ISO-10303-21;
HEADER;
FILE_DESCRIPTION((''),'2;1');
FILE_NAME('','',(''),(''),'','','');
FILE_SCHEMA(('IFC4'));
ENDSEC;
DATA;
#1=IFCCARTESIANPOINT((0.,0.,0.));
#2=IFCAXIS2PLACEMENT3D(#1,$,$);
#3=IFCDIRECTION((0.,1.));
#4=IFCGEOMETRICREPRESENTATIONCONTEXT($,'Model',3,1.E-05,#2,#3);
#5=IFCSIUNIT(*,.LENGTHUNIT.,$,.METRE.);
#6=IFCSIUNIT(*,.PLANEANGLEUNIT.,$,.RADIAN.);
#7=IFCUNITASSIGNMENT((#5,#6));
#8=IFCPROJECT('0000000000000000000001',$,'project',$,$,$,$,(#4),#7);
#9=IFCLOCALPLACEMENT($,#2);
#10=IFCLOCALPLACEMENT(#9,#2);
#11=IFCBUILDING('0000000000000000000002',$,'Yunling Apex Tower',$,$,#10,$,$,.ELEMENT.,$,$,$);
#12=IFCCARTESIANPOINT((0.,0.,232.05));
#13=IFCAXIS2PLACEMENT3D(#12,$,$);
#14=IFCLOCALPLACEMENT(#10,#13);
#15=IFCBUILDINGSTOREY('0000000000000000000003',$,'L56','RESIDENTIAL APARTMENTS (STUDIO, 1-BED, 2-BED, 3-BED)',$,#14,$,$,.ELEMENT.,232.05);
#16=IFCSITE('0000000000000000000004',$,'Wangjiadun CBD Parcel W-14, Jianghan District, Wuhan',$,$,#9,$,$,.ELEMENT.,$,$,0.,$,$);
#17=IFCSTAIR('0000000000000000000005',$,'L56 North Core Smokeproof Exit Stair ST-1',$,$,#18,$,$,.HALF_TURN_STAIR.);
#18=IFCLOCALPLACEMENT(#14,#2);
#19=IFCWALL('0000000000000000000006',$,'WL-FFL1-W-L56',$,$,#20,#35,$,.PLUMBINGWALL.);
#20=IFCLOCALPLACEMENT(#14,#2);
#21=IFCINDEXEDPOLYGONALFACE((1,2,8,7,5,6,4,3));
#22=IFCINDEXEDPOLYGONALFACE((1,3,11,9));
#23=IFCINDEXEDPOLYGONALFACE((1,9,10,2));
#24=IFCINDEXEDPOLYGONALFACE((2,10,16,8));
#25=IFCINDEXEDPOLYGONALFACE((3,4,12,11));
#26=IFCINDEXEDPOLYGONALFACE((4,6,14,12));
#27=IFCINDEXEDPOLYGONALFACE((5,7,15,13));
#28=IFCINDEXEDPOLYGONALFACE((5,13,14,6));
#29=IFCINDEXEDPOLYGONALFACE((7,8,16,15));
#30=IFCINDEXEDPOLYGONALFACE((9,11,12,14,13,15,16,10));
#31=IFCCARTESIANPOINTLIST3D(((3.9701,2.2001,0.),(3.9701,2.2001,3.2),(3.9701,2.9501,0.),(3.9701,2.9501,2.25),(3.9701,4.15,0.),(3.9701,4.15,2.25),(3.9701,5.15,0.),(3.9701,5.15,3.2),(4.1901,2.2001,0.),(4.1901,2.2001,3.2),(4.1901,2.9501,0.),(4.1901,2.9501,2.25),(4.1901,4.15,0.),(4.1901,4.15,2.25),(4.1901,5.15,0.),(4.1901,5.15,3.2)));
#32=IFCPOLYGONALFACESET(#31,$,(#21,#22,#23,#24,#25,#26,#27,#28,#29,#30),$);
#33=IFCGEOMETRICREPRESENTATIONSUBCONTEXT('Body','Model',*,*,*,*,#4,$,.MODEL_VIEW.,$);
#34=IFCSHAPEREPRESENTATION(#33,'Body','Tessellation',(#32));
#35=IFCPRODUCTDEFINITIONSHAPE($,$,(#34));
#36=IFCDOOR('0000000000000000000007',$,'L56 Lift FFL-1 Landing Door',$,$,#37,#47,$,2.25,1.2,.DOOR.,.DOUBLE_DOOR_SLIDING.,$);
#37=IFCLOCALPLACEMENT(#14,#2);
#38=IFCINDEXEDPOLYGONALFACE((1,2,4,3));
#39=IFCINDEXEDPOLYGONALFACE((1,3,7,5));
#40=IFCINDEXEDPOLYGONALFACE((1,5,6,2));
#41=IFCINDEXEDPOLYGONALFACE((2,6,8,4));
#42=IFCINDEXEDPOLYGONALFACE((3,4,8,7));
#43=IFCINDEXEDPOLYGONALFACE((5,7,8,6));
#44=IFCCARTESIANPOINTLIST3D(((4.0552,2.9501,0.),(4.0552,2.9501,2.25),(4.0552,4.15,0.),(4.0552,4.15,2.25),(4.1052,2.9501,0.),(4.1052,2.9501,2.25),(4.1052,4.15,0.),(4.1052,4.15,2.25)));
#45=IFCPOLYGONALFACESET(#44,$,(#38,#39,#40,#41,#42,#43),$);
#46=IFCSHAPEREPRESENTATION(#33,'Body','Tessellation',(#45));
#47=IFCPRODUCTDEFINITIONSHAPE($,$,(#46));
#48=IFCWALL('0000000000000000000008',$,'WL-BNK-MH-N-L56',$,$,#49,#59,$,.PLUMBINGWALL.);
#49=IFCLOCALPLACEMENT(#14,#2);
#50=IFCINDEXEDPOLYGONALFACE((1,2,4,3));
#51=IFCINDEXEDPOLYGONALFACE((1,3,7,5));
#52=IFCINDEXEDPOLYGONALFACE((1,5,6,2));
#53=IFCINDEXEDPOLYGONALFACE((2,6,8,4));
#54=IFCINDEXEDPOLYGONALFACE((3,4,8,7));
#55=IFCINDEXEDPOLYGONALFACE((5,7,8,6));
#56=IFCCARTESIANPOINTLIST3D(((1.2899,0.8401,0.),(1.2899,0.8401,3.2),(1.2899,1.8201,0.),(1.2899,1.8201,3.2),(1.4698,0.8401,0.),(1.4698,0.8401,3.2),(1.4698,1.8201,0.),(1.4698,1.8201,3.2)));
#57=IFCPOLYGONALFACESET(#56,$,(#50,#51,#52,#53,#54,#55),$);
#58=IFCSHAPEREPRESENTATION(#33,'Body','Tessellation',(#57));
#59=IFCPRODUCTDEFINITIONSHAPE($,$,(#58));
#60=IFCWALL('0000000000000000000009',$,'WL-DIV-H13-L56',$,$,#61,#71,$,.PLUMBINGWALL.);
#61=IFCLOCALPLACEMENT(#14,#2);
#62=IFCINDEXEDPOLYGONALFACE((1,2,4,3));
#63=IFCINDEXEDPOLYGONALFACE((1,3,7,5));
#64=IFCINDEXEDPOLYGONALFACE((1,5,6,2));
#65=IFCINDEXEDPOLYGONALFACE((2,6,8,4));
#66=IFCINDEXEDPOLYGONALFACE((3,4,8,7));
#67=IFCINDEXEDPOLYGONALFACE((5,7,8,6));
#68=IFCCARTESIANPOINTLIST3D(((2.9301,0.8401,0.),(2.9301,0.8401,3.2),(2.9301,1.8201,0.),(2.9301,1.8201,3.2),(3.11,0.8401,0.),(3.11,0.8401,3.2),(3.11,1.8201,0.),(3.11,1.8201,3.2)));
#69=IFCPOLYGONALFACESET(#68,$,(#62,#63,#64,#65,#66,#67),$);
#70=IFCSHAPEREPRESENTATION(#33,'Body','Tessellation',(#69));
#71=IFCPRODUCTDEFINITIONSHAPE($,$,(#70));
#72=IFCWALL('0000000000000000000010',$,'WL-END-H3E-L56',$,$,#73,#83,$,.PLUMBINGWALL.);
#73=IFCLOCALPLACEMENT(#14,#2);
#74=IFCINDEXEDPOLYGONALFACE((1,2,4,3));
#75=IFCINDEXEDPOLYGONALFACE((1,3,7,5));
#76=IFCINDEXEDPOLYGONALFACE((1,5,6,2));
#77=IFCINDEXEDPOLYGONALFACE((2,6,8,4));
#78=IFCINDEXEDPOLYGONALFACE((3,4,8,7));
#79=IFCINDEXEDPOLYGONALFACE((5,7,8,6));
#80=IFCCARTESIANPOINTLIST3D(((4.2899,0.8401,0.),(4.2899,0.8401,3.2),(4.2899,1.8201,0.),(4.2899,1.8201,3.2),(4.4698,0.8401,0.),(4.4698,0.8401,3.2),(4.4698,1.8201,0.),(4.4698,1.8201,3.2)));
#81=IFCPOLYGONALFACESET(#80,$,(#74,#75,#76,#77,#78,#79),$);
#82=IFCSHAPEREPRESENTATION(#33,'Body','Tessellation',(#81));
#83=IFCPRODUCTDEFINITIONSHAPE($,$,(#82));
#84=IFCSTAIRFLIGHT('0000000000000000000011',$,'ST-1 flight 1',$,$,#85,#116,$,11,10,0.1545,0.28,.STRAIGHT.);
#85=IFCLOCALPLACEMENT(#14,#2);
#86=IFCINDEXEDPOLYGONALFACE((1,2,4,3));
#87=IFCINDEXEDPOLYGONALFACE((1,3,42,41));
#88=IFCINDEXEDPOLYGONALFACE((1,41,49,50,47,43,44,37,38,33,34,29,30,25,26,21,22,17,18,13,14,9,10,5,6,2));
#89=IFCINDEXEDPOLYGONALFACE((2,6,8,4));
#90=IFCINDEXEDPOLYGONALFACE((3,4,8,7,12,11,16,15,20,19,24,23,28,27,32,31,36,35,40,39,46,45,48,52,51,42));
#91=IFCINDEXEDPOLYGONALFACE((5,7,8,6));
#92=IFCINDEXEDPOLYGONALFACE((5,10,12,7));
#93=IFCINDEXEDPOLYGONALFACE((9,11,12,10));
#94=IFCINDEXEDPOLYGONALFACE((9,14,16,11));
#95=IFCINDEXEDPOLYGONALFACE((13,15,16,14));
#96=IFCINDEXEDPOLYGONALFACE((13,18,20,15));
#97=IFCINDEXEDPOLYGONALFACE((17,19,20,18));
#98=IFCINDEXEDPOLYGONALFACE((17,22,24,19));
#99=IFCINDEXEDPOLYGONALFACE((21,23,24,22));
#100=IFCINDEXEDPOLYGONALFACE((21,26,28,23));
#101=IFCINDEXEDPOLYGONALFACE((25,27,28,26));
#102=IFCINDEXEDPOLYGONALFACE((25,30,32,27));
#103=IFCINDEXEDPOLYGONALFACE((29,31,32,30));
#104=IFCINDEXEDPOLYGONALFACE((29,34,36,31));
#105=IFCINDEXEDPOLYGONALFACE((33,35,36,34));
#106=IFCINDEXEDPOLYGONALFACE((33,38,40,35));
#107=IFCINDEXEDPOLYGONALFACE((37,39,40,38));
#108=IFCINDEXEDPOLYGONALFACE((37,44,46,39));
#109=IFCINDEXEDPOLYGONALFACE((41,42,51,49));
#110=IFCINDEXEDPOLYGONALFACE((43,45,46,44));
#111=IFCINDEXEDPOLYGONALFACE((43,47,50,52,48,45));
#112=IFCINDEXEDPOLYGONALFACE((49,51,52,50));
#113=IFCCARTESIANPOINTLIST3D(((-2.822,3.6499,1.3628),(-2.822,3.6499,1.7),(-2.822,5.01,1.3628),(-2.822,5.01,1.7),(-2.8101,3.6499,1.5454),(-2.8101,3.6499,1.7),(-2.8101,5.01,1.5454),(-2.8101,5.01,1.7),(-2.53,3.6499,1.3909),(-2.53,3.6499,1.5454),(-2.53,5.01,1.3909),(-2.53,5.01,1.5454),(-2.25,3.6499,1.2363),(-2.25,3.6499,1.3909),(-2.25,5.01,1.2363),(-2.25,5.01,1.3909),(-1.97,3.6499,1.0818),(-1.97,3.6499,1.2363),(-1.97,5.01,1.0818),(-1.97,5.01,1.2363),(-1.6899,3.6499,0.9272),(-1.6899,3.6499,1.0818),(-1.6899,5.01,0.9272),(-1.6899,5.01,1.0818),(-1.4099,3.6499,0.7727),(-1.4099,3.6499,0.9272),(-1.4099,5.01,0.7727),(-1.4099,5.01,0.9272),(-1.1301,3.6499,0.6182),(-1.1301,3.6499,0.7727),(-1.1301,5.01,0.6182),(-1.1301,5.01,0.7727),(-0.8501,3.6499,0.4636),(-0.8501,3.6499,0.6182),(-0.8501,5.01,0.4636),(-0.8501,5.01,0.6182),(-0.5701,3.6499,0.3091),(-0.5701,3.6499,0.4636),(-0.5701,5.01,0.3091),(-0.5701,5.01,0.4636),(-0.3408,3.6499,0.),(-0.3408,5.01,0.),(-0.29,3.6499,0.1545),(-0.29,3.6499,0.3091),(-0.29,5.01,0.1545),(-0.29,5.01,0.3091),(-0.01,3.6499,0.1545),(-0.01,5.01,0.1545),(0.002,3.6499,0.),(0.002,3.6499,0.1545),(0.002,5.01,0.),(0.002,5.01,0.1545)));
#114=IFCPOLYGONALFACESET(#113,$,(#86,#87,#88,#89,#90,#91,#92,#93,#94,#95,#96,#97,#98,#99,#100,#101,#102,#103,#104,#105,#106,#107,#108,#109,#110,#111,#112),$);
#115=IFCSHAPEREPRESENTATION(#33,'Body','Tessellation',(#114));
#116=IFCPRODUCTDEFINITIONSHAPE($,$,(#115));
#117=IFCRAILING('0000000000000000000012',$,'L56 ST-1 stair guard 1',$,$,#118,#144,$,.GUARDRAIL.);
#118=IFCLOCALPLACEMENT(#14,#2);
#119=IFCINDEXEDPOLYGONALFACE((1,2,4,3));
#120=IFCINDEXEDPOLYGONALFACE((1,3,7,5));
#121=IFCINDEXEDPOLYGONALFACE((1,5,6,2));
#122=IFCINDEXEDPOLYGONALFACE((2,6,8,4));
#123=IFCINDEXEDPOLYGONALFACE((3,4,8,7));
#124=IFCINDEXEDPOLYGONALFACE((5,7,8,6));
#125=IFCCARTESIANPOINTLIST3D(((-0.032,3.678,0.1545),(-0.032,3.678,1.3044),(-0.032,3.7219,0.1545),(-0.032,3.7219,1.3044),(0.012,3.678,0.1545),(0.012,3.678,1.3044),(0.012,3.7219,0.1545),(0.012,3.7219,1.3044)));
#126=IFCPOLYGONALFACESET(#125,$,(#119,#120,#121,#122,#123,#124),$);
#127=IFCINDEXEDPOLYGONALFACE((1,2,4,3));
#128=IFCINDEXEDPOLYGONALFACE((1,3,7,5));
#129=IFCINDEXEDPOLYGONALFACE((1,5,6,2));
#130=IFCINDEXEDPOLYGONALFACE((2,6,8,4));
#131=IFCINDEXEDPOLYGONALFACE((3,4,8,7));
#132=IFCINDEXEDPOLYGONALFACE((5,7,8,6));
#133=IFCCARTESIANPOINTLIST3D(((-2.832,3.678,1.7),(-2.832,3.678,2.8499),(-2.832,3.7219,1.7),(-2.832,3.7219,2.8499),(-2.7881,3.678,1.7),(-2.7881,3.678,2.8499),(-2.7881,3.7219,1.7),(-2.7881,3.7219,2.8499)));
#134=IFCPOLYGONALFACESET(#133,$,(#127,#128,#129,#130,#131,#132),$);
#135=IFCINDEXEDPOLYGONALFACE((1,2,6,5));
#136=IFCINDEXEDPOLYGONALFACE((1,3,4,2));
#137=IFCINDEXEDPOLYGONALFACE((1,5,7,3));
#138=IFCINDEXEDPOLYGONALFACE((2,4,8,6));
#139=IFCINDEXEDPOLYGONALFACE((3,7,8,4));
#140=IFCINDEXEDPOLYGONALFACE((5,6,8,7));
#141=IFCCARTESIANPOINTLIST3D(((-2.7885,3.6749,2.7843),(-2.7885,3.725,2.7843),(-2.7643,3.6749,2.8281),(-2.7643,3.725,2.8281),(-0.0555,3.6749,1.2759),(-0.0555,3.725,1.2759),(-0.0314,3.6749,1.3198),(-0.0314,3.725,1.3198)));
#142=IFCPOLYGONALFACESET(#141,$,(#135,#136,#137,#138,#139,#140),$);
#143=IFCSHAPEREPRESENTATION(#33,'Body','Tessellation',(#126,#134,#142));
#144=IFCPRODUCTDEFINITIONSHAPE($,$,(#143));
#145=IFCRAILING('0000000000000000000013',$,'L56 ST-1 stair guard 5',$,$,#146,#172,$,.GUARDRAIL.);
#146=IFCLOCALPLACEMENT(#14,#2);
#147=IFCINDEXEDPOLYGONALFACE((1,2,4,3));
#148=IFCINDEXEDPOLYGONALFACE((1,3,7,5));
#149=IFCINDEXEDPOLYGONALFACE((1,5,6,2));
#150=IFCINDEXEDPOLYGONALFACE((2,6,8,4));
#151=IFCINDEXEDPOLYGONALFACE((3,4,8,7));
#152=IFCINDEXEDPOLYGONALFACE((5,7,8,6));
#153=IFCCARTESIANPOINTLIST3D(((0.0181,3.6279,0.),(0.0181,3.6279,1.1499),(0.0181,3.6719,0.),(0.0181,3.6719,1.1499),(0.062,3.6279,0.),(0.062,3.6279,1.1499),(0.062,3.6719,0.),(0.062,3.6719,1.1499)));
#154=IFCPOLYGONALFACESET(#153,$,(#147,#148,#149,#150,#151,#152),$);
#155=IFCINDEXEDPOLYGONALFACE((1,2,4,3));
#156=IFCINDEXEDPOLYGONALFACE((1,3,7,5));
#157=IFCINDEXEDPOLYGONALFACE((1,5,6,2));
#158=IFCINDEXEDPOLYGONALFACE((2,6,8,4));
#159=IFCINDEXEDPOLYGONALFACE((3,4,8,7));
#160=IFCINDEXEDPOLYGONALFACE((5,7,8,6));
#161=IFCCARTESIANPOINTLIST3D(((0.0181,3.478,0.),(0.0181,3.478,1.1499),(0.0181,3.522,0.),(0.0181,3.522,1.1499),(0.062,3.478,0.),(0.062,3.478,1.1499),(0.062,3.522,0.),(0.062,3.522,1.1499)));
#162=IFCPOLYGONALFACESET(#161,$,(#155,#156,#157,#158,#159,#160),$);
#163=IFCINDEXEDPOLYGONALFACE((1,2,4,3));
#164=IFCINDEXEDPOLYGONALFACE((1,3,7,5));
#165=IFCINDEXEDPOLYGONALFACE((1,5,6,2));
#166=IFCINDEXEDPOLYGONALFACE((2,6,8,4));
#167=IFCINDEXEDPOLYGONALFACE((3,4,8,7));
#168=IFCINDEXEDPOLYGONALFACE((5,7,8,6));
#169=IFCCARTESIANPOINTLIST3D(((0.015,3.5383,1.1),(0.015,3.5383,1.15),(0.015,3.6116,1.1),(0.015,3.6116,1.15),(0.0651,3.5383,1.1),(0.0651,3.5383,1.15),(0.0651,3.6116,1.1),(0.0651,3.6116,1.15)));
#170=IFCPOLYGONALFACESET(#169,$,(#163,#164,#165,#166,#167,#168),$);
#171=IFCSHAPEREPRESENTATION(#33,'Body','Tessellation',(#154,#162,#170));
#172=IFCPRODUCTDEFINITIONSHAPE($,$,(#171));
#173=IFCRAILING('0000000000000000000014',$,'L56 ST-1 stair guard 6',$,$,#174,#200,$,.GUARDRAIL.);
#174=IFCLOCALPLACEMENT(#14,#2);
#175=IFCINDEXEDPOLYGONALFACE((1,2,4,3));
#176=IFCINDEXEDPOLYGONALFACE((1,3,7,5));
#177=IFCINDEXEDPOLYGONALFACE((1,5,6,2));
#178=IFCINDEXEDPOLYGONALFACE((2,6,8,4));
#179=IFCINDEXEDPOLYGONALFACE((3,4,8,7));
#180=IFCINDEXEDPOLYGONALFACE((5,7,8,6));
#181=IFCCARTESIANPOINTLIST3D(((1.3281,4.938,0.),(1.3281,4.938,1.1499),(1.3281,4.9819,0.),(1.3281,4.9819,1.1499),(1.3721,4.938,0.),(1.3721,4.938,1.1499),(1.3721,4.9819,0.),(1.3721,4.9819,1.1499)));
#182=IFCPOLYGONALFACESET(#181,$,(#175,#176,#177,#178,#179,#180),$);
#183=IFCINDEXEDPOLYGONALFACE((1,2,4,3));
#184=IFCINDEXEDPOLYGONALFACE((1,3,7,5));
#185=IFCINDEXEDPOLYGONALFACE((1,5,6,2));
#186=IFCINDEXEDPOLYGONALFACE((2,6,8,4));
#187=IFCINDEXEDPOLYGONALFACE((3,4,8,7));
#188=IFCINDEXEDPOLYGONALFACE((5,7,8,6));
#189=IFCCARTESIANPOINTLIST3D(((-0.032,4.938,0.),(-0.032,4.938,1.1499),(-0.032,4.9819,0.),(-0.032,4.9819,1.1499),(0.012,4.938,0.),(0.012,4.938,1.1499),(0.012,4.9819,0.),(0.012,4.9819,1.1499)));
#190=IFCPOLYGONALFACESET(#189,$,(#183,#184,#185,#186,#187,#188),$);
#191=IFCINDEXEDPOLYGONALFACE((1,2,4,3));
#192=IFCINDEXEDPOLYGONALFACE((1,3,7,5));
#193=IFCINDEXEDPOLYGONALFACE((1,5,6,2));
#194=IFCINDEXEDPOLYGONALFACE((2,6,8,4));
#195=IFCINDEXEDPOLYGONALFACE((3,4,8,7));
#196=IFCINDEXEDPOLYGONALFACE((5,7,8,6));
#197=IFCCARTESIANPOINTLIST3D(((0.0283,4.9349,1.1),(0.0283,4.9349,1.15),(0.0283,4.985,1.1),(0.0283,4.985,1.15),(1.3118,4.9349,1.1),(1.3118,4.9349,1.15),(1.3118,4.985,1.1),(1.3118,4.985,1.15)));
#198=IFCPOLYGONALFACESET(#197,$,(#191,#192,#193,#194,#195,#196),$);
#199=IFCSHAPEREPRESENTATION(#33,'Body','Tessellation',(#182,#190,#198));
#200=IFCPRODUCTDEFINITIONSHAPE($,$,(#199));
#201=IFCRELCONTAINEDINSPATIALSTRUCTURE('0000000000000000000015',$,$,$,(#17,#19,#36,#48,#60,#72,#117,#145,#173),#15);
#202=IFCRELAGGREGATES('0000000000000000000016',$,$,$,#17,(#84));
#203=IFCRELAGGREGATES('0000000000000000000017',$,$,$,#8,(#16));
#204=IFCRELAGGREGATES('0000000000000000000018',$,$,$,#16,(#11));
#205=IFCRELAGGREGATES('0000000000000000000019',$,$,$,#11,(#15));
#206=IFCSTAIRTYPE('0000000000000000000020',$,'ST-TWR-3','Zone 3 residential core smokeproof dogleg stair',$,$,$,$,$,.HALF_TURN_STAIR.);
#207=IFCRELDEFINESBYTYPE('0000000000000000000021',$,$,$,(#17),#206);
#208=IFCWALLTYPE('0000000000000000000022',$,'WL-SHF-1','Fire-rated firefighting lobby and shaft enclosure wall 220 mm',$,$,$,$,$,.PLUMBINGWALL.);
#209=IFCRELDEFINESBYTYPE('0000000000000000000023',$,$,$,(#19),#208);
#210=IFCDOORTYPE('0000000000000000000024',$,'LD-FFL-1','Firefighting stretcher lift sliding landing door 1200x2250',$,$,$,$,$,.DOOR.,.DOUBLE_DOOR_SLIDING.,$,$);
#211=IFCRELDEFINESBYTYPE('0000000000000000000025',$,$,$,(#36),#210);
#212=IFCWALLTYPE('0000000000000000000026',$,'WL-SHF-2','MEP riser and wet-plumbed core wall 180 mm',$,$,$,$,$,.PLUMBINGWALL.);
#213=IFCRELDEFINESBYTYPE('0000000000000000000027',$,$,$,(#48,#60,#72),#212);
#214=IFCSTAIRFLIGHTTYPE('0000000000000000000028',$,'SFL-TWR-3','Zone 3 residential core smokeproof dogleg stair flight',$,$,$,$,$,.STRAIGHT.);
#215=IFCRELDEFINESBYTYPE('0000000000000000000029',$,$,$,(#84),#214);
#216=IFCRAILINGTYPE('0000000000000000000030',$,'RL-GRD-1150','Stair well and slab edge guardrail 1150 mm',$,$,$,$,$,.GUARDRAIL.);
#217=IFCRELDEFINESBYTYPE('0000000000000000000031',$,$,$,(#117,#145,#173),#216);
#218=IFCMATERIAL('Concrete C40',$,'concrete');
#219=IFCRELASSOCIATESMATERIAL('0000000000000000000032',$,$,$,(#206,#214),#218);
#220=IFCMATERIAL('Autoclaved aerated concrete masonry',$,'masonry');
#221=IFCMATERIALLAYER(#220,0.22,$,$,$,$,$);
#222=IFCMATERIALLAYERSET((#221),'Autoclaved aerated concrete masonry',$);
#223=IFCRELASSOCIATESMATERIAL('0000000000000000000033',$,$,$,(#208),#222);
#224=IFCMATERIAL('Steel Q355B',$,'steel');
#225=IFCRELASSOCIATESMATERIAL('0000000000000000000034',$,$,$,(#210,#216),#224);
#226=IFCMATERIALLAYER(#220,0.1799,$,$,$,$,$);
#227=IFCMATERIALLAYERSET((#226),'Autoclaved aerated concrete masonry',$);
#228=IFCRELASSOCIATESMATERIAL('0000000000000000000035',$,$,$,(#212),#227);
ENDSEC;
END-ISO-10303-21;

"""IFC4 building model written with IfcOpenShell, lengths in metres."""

from ifc_helpers import new_model, si_unit, direction, frame, frame_2d, origin, origin_2d, place, context, subcontext, project, spatial, polyline, rectangle, outline, extrude, material, layer, layer_set, type_object, element, fill, aggregate, save


model = new_model("IFC4")

# Units and contexts
model_context = context("Model", 3, precision=1e-05, world=origin(), true_north=direction((0.0, 1.0)))
body_context = subcontext(model_context, "Body", "Model", "MODEL_VIEW")
ifc_project = project(units=[si_unit("LENGTHUNIT", "METRE"), si_unit("PLANEANGLEUNIT", "RADIAN")], contexts=[model_context])

# Site, building, storey
site_placement = place(None, origin())
site = spatial("IfcSite", under=ifc_project, at=site_placement, Name="Wangjiadun CBD Parcel W-14, Jianghan District, Wuhan", CompositionType="ELEMENT", RefElevation=0.0)
building_placement = place(site_placement, origin())
building = spatial("IfcBuilding", under=site, at=building_placement, Name="Yunling Apex Tower", CompositionType="ELEMENT")
storey_placement = place(building_placement, frame((0.0, 0.0, 232.05)))
storey = spatial("IfcBuildingStorey", under=building, at=storey_placement, Name="L56", Description="RESIDENTIAL APARTMENTS (STUDIO, 1-BED, 2-BED, 3-BED)", CompositionType="ELEMENT", Elevation=232.05)

# Shared definitions
ifc_material_1 = material(Name="Steel Q355B", Category="steel")

# Shared definitions
ifc_material_2 = material(Name="Concrete C40", Category="concrete")

# Stair
stair_type = type_object("IfcStairType", Name="ST-TWR-3", Description="Zone 3 residential core smokeproof dogleg stair", PredefinedType="HALF_TURN_STAIR", material=ifc_material_2)
stair_1_placement = place(storey_placement, origin())
stair_1 = element("IfcStair", 1, at=stair_1_placement, inside=storey, type_object=stair_type, Name="L56 North Core Smokeproof Exit Stair ST-1", PredefinedType="HALF_TURN_STAIR")

# Wall, opening, door
ifc_material_3 = material(Name="Autoclaved aerated concrete masonry", Category="masonry")
ifc_layer_1 = layer(ifc_material_3, 0.22)
ifc_layer_set_1 = layer_set([ifc_layer_1], Name="Autoclaved aerated concrete masonry")
wall_type_1 = type_object("IfcWallType", Name="WL-SHF-1", Description="Fire-rated firefighting lobby and shaft enclosure wall 220 mm", PredefinedType="PLUMBINGWALL", material=ifc_layer_set_1)
wall_1_placement = place(storey_placement, frame((4.0801, 2.2, 0.0), z_axis=(0.0, 0.0, 1.0), x_axis=(0.0, 1.0, 0.0)))
wall_1 = element("IfcWall", 2, at=wall_1_placement, inside=storey, type_object=wall_type_1, Name="WL-FFL1-W-L56", PredefinedType="PLUMBINGWALL", context=body_context, shape_type="SweptSolid", body=[
    extrude(rectangle(XDim=2.95, YDim=0.22, at=frame_2d((1.4751, 0.0))), origin(), (0.0, 0.0, 1.0), 3.2),
])
opening_1_placement = place(wall_1_placement, frame((0.75, 0.0, 0.0)))
opening_1 = element("IfcOpeningElement", 3, at=opening_1_placement, cuts=wall_1, PredefinedType="OPENING", context=body_context, shape_type="SweptSolid", body=[
    extrude(rectangle(XDim=1.2, YDim=2.25, at=frame_2d((0.6001, 1.125))), frame((0.0, 0.1201, 0.0), z_axis=(0.0, -1.0, 0.0), x_axis=(1.0, 0.0, 0.0)), (0.0, 0.0, 1.0), 0.24),
])
door_type_1 = type_object("IfcDoorType", Name="LD-FFL-1", Description="Firefighting stretcher lift sliding landing door 1200x2250", OperationType="DOUBLE_DOOR_SLIDING", PredefinedType="DOOR", material=ifc_material_1)
door_1_placement = place(opening_1_placement, origin())
door_1 = element("IfcDoor", 4, at=door_1_placement, inside=storey, type_object=door_type_1, Name="L56 Lift FFL-1 Landing Door", OperationType="DOUBLE_DOOR_SLIDING", OverallHeight=2.25, OverallWidth=1.2, PredefinedType="DOOR", context=body_context, shape_type="SweptSolid", body=[
    extrude(rectangle(XDim=1.2, YDim=2.25, at=frame_2d((0.6001, 1.125))), frame((0.0, 0.0249, 0.0), z_axis=(0.0, -1.0, 0.0), x_axis=(1.0, 0.0, 0.0)), (0.0, 0.0, 1.0), 0.05),
])
fill(opening_1, door_1)

# Walls
ifc_layer_2 = layer(ifc_material_3, 0.1799)
ifc_layer_set_2 = layer_set([ifc_layer_2], Name="Autoclaved aerated concrete masonry")
wall_type_2 = type_object("IfcWallType", Name="WL-SHF-2", Description="MEP riser and wet-plumbed core wall 180 mm", PredefinedType="PLUMBINGWALL", material=ifc_layer_set_2)
for number, where, z_axis, x_axis, name in (
    (5, (1.3799, 0.8401, 0.0), (0.0, 0.0, 1.0), (0.0, 1.0, 0.0), "WL-BNK-MH-N-L56"),
    (6, (3.02, 0.8401, 0.0), (0.0, 0.0, 1.0), (0.0, 1.0, 0.0), "WL-DIV-H13-L56"),
    (7, (4.3799, 0.8401, 0.0), (0.0, 0.0, 1.0), (0.0, 1.0, 0.0), "WL-END-H3E-L56"),
):
    element("IfcWall", number, at=place(storey_placement, frame(where, z_axis=z_axis, x_axis=x_axis)), inside=storey, type_object=wall_type_2, Name=name, PredefinedType="PLUMBINGWALL", context=body_context, shape_type="SweptSolid", body=[
        extrude(rectangle(XDim=0.98, YDim=0.1799, at=frame_2d((0.49, 0.0))), origin(), (0.0, 0.0, 1.0), 3.2),
    ])

# Stair flight
stair_flight_type = type_object("IfcStairFlightType", Name="SFL-TWR-3", Description="Zone 3 residential core smokeproof dogleg stair flight", PredefinedType="STRAIGHT", material=ifc_material_2)
stair_flight_placement = place(storey_placement, frame((-0.01, 4.3301, 0.0), z_axis=(0.0, 0.0, 1.0), x_axis=(-1.0, 0.0, 0.0)))
stair_flight = element("IfcStairFlight", 8, at=stair_flight_placement, type_object=stair_flight_type, Name="ST-1 flight 1", NumberOfRisers=11, NumberOfTreads=10, PredefinedType="STRAIGHT", RiserHeight=0.1545, TreadLength=0.28, context=body_context, shape_type="SweptSolid", body=[
    extrude(outline(polyline([(-0.012, 0.0), (-0.012, 0.1545), (0.0, 0.1545), (0.28, 0.1545), (0.28, 0.3091), (0.5601, 0.3091), (0.5601, 0.4636), (0.8401, 0.4636), (0.8401, 0.6182), (1.1201, 0.6182), (1.1201, 0.7727), (1.3999, 0.7727), (1.3999, 0.9272), (1.6799, 0.9272), (1.6799, 1.0818), (1.96, 1.0818), (1.96, 1.2363), (2.24, 1.2363), (2.24, 1.3909), (2.52, 1.3909), (2.52, 1.5454), (2.8, 1.5454), (2.8, 1.7), (2.812, 1.7), (2.812, 1.3628), (0.3308, 0.0), (-0.012, 0.0)])), frame((0.0, 0.6802, 0.0), z_axis=(0.0, -1.0, 0.0), x_axis=(1.0, 0.0, 0.0)), (0.0, 0.0, 1.0), 1.3601),
])
aggregate(stair_1, [stair_flight])

# Railings
railing_type_1 = type_object("IfcRailingType", Name="RL-GRD-1150", Description="Stair well and slab edge guardrail 1150 mm", PredefinedType="GUARDRAIL", material=ifc_material_1)
railing_1_placement = place(storey_placement, frame((-0.01, 3.7, 0.1545)))
element("IfcRailing", 9, at=railing_1_placement, inside=storey, type_object=railing_type_1, Name="L56 ST-1 stair guard 1", PredefinedType="GUARDRAIL", context=body_context, shape_type="SweptSolid", body=[
    extrude(rectangle(XDim=0.0439, YDim=0.0439, at=origin_2d()), origin(), (0.0, 0.0, 1.0), 1.1499),
    extrude(rectangle(XDim=0.0439, YDim=0.0439, at=origin_2d()), frame((-2.8, 0.0, 1.5454)), (0.0, 0.0, 1.0), 1.1499),
    extrude(rectangle(XDim=0.05, YDim=0.05, at=origin_2d()), frame((-0.0334, 0.0, 1.1433), z_axis=(-0.875504, 0.0, 0.483211), x_axis=(0.0, -1.0, 0.0)), (0.0, 0.0, 1.0), 3.1216),
])
railing_2_placement = place(storey_placement, frame((0.04, 3.6499, 0.0)))
element("IfcRailing", 10, at=railing_2_placement, inside=storey, type_object=railing_type_1, Name="L56 ST-1 stair guard 5", PredefinedType="GUARDRAIL", context=body_context, shape_type="SweptSolid", body=[
    extrude(rectangle(XDim=0.0439, YDim=0.0439, at=origin_2d()), origin(), (0.0, 0.0, 1.0), 1.1499),
    extrude(rectangle(XDim=0.0439, YDim=0.0439, at=origin_2d()), frame((0.0, -0.1499, 0.0)), (0.0, 0.0, 1.0), 1.1499),
    extrude(rectangle(XDim=0.05, YDim=0.05, at=origin_2d()), frame((0.0, -0.0383, 1.125), z_axis=(0.0, -1.0, 0.0), x_axis=(1.0, 0.0, 0.0)), (0.0, 0.0, 1.0), 0.0732),
])
railing_3_placement = place(storey_placement, frame((1.3501, 4.96, 0.0)))
element("IfcRailing", 11, at=railing_3_placement, inside=storey, type_object=railing_type_1, Name="L56 ST-1 stair guard 6", PredefinedType="GUARDRAIL", context=body_context, shape_type="SweptSolid", body=[
    extrude(rectangle(XDim=0.0439, YDim=0.0439, at=origin_2d()), origin(), (0.0, 0.0, 1.0), 1.1499),
    extrude(rectangle(XDim=0.0439, YDim=0.0439, at=origin_2d()), frame((-1.3601, 0.0, 0.0)), (0.0, 0.0, 1.0), 1.1499),
    extrude(rectangle(XDim=0.05, YDim=0.05, at=origin_2d()), frame((-0.0383, 0.0, 1.125), z_axis=(-1.0, 0.0, 0.0), x_axis=(0.0, -1.0, 0.0)), (0.0, 0.0, 1.0), 1.2834),
])

save(model, "model.ifc")
